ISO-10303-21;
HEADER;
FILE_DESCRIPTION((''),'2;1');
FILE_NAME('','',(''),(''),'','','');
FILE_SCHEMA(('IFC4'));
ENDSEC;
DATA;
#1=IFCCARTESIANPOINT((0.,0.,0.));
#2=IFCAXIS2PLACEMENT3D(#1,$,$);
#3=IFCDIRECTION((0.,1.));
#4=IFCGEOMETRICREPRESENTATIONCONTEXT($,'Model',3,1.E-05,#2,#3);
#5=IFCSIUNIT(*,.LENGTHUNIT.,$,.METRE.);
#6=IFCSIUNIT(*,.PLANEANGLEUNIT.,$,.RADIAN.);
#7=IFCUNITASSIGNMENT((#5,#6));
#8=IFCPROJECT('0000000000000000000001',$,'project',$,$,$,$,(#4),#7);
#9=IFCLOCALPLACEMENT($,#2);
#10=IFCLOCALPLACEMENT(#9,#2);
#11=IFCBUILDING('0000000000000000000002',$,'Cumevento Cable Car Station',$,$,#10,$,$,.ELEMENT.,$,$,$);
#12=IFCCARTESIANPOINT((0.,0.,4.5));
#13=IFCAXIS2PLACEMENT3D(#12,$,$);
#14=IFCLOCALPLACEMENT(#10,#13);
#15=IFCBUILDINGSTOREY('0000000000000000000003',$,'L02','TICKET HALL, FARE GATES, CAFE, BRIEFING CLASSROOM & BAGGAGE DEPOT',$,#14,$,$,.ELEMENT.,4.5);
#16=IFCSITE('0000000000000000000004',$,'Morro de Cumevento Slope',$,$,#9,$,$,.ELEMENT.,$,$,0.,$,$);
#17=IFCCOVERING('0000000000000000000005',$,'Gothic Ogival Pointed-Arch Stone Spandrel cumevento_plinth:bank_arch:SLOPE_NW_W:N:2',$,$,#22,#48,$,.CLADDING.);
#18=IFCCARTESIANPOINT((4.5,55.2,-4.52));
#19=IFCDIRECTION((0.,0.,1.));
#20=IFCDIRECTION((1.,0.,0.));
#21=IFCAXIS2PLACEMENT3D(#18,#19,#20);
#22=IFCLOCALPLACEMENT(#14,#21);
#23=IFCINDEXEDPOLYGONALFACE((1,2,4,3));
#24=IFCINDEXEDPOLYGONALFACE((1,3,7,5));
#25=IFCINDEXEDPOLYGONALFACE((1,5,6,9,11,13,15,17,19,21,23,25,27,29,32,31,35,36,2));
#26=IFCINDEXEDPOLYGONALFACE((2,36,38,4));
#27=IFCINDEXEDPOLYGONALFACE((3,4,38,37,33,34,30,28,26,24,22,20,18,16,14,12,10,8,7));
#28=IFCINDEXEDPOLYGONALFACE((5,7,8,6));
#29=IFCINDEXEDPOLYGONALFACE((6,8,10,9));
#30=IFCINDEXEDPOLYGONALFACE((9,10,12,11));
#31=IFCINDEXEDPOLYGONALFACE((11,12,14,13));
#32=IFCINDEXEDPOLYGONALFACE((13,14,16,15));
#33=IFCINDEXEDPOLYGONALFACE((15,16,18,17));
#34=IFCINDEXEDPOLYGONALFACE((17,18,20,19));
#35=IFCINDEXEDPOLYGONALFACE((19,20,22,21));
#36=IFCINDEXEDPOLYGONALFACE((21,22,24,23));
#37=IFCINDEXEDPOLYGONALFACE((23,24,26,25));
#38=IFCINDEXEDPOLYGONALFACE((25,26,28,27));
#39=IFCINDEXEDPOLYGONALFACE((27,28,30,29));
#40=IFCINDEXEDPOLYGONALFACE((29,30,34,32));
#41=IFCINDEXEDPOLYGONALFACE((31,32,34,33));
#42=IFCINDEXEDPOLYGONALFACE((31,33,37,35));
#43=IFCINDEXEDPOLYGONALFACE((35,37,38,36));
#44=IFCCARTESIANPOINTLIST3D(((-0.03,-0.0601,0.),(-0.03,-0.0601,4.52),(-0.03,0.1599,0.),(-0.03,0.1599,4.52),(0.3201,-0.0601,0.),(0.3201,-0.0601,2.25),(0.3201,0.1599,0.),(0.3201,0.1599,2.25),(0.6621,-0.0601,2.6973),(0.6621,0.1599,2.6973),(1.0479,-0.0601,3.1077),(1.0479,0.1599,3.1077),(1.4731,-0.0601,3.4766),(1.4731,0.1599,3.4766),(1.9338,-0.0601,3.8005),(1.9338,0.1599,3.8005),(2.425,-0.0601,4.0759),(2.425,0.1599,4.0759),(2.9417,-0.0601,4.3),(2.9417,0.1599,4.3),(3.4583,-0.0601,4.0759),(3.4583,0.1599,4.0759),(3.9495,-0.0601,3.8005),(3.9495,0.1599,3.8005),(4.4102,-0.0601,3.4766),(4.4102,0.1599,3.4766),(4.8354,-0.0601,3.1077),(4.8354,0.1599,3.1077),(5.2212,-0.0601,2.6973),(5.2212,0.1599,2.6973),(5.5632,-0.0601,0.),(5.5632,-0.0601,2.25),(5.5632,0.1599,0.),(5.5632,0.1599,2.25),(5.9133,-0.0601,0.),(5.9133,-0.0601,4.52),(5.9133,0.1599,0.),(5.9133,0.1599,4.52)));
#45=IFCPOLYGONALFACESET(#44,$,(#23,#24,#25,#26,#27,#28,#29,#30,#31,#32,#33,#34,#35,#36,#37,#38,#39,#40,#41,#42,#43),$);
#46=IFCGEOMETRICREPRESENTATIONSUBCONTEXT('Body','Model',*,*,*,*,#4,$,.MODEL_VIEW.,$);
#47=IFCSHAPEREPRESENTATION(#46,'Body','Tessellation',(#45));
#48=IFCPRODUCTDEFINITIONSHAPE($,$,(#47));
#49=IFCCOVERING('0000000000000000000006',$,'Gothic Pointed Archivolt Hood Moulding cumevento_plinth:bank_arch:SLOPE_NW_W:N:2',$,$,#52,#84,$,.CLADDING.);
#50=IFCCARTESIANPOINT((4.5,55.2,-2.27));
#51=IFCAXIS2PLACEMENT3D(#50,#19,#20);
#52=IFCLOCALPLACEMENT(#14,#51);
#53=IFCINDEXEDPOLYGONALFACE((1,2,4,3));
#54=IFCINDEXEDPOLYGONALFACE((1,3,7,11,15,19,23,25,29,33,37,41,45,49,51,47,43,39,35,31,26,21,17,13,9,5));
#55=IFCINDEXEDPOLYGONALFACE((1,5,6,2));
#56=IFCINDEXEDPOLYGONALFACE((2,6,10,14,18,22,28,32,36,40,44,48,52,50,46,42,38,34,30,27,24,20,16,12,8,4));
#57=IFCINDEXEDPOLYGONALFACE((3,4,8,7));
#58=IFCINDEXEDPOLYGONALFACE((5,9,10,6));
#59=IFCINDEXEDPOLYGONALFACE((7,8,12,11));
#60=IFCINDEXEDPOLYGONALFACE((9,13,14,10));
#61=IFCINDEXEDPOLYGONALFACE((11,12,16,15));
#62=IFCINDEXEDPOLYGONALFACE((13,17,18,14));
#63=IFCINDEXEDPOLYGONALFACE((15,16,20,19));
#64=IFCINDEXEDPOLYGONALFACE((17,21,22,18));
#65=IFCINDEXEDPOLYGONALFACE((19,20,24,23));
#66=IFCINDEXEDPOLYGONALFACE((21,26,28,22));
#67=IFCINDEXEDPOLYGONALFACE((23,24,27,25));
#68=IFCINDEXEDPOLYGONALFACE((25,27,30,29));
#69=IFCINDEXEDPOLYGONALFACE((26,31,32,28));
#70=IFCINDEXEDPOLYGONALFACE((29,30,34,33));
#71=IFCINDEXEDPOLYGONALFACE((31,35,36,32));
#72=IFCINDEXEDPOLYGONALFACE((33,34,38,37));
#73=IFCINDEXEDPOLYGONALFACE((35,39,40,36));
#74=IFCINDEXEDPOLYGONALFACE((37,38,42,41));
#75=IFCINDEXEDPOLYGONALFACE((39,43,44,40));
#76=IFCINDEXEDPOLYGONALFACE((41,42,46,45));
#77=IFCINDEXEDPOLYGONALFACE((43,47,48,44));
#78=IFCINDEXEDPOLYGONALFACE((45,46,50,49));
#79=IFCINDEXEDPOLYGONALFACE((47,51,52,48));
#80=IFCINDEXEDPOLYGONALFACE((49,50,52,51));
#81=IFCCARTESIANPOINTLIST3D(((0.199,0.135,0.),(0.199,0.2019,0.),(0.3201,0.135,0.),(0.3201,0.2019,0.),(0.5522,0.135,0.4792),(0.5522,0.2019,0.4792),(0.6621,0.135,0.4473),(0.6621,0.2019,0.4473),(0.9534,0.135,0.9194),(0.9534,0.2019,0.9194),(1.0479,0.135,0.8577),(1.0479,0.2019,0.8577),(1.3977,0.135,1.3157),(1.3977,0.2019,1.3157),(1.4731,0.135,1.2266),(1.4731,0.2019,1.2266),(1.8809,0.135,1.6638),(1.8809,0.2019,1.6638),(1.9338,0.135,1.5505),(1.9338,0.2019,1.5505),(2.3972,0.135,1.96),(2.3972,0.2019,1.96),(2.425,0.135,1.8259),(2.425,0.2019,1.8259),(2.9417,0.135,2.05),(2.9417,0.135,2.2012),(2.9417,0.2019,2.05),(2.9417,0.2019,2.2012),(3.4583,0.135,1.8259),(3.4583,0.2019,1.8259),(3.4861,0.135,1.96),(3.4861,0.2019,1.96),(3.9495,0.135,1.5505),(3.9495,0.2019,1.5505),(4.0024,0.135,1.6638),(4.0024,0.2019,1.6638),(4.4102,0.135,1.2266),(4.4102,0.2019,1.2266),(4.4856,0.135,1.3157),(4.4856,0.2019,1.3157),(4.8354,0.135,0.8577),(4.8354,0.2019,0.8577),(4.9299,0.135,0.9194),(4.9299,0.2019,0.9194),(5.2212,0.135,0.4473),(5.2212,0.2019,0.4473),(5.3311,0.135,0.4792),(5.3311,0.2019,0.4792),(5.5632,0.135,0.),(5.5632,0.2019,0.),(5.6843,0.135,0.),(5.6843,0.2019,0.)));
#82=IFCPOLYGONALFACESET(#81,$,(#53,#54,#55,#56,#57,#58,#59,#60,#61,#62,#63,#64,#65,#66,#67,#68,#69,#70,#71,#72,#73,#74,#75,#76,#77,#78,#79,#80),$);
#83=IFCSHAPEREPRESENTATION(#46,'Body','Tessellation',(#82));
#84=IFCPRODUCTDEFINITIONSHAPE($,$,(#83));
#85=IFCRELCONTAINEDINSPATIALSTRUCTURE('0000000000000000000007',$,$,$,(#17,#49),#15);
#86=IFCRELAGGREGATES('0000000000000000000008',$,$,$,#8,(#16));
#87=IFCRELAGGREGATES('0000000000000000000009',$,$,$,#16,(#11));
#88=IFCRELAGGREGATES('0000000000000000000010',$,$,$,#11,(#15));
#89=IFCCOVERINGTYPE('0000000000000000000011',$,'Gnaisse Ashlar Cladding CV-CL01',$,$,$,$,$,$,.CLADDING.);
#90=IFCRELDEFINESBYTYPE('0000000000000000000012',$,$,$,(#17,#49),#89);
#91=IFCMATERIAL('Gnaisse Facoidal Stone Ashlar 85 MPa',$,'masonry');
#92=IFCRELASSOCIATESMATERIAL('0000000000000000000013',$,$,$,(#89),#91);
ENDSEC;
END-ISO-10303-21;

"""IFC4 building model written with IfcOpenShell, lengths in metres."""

from ifc_helpers import new_model, si_unit, direction, frame, origin, place, context, subcontext, project, spatial, polyline, outline, extrude, material, type_object, element, save


model = new_model("IFC4")

# Units and contexts
model_context = context("Model", 3, precision=1e-05, world=origin(), true_north=direction((0.0, 1.0)))
body_context = subcontext(model_context, "Body", "Model", "MODEL_VIEW")
ifc_project = project(units=[si_unit("LENGTHUNIT", "METRE"), si_unit("PLANEANGLEUNIT", "RADIAN")], contexts=[model_context])

# Site, building, storey
site_placement = place(None, origin())
site = spatial("IfcSite", under=ifc_project, at=site_placement, Name="Morro de Cumevento Slope", CompositionType="ELEMENT", RefElevation=0.0)
building_placement = place(site_placement, origin())
building = spatial("IfcBuilding", under=site, at=building_placement, Name="Cumevento Cable Car Station", CompositionType="ELEMENT")
storey_placement = place(building_placement, frame((0.0, 0.0, 4.5)))
storey = spatial("IfcBuildingStorey", under=building, at=storey_placement, Name="L02", Description="TICKET HALL, FARE GATES, CAFE, BRIEFING CLASSROOM & BAGGAGE DEPOT", CompositionType="ELEMENT", Elevation=4.5)

# Coverings
ifc_material_1 = material(Name="Gnaisse Facoidal Stone Ashlar 85 MPa", Category="masonry")
covering_type = type_object("IfcCoveringType", Name="Gnaisse Ashlar Cladding CV-CL01", PredefinedType="CLADDING", material=ifc_material_1)
covering_1_placement = place(storey_placement, frame((4.5, 55.2, -4.52), z_axis=(0.0, 0.0, 1.0), x_axis=(1.0, 0.0, 0.0)))
element("IfcCovering", 1, at=covering_1_placement, inside=storey, type_object=covering_type, Name="Gothic Ogival Pointed-Arch Stone Spandrel cumevento_plinth:bank_arch:SLOPE_NW_W:N:2", PredefinedType="CLADDING", context=body_context, shape_type="SweptSolid", body=[
    extrude(outline(polyline([(-0.03, 0.0), (-0.03, 4.52), (5.9133, 4.52), (5.9133, 0.0), (5.5632, 0.0), (5.5632, 2.25), (5.2212, 2.6973), (4.8354, 3.1077), (4.4102, 3.4766), (3.9495, 3.8005), (3.4583, 4.0759), (2.9417, 4.3), (2.425, 4.0759), (1.9338, 3.8005), (1.4731, 3.4766), (1.0479, 3.1077), (0.6621, 2.6973), (0.3201, 2.25), (0.3201, 0.0), (-0.03, 0.0)])), frame((0.0, 0.1599, 0.0), z_axis=(0.0, -1.0, 0.0), x_axis=(1.0, 0.0, 0.0)), (0.0, 0.0, 1.0), 0.22),
])
covering_2_placement = place(storey_placement, frame((4.5, 55.2, -2.27), z_axis=(0.0, 0.0, 1.0), x_axis=(1.0, 0.0, 0.0)))
element("IfcCovering", 2, at=covering_2_placement, inside=storey, type_object=covering_type, Name="Gothic Pointed Archivolt Hood Moulding cumevento_plinth:bank_arch:SLOPE_NW_W:N:2", PredefinedType="CLADDING", context=body_context, shape_type="SweptSolid", body=[
    extrude(outline(polyline([(0.3201, 0.0), (0.6621, 0.4473), (1.0479, 0.8577), (1.4731, 1.2266), (1.9338, 1.5505), (2.425, 1.8259), (2.9417, 2.05), (3.4583, 1.8259), (3.9495, 1.5505), (4.4102, 1.2266), (4.8354, 0.8577), (5.2212, 0.4473), (5.5632, 0.0), (5.6843, 0.0), (5.3311, 0.4792), (4.9299, 0.9194), (4.4856, 1.3157), (4.0024, 1.6638), (3.4861, 1.96), (2.9417, 2.2012), (2.3972, 1.96), (1.8809, 1.6638), (1.3977, 1.3157), (0.9534, 0.9194), (0.5522, 0.4792), (0.199, 0.0), (0.3201, 0.0)])), frame((0.0, 0.2019, 0.0), z_axis=(0.0, -1.0, 0.0), x_axis=(1.0, 0.0, 0.0)), (0.0, 0.0, 1.0), 0.0669),
])

save(model, "model.ifc")
